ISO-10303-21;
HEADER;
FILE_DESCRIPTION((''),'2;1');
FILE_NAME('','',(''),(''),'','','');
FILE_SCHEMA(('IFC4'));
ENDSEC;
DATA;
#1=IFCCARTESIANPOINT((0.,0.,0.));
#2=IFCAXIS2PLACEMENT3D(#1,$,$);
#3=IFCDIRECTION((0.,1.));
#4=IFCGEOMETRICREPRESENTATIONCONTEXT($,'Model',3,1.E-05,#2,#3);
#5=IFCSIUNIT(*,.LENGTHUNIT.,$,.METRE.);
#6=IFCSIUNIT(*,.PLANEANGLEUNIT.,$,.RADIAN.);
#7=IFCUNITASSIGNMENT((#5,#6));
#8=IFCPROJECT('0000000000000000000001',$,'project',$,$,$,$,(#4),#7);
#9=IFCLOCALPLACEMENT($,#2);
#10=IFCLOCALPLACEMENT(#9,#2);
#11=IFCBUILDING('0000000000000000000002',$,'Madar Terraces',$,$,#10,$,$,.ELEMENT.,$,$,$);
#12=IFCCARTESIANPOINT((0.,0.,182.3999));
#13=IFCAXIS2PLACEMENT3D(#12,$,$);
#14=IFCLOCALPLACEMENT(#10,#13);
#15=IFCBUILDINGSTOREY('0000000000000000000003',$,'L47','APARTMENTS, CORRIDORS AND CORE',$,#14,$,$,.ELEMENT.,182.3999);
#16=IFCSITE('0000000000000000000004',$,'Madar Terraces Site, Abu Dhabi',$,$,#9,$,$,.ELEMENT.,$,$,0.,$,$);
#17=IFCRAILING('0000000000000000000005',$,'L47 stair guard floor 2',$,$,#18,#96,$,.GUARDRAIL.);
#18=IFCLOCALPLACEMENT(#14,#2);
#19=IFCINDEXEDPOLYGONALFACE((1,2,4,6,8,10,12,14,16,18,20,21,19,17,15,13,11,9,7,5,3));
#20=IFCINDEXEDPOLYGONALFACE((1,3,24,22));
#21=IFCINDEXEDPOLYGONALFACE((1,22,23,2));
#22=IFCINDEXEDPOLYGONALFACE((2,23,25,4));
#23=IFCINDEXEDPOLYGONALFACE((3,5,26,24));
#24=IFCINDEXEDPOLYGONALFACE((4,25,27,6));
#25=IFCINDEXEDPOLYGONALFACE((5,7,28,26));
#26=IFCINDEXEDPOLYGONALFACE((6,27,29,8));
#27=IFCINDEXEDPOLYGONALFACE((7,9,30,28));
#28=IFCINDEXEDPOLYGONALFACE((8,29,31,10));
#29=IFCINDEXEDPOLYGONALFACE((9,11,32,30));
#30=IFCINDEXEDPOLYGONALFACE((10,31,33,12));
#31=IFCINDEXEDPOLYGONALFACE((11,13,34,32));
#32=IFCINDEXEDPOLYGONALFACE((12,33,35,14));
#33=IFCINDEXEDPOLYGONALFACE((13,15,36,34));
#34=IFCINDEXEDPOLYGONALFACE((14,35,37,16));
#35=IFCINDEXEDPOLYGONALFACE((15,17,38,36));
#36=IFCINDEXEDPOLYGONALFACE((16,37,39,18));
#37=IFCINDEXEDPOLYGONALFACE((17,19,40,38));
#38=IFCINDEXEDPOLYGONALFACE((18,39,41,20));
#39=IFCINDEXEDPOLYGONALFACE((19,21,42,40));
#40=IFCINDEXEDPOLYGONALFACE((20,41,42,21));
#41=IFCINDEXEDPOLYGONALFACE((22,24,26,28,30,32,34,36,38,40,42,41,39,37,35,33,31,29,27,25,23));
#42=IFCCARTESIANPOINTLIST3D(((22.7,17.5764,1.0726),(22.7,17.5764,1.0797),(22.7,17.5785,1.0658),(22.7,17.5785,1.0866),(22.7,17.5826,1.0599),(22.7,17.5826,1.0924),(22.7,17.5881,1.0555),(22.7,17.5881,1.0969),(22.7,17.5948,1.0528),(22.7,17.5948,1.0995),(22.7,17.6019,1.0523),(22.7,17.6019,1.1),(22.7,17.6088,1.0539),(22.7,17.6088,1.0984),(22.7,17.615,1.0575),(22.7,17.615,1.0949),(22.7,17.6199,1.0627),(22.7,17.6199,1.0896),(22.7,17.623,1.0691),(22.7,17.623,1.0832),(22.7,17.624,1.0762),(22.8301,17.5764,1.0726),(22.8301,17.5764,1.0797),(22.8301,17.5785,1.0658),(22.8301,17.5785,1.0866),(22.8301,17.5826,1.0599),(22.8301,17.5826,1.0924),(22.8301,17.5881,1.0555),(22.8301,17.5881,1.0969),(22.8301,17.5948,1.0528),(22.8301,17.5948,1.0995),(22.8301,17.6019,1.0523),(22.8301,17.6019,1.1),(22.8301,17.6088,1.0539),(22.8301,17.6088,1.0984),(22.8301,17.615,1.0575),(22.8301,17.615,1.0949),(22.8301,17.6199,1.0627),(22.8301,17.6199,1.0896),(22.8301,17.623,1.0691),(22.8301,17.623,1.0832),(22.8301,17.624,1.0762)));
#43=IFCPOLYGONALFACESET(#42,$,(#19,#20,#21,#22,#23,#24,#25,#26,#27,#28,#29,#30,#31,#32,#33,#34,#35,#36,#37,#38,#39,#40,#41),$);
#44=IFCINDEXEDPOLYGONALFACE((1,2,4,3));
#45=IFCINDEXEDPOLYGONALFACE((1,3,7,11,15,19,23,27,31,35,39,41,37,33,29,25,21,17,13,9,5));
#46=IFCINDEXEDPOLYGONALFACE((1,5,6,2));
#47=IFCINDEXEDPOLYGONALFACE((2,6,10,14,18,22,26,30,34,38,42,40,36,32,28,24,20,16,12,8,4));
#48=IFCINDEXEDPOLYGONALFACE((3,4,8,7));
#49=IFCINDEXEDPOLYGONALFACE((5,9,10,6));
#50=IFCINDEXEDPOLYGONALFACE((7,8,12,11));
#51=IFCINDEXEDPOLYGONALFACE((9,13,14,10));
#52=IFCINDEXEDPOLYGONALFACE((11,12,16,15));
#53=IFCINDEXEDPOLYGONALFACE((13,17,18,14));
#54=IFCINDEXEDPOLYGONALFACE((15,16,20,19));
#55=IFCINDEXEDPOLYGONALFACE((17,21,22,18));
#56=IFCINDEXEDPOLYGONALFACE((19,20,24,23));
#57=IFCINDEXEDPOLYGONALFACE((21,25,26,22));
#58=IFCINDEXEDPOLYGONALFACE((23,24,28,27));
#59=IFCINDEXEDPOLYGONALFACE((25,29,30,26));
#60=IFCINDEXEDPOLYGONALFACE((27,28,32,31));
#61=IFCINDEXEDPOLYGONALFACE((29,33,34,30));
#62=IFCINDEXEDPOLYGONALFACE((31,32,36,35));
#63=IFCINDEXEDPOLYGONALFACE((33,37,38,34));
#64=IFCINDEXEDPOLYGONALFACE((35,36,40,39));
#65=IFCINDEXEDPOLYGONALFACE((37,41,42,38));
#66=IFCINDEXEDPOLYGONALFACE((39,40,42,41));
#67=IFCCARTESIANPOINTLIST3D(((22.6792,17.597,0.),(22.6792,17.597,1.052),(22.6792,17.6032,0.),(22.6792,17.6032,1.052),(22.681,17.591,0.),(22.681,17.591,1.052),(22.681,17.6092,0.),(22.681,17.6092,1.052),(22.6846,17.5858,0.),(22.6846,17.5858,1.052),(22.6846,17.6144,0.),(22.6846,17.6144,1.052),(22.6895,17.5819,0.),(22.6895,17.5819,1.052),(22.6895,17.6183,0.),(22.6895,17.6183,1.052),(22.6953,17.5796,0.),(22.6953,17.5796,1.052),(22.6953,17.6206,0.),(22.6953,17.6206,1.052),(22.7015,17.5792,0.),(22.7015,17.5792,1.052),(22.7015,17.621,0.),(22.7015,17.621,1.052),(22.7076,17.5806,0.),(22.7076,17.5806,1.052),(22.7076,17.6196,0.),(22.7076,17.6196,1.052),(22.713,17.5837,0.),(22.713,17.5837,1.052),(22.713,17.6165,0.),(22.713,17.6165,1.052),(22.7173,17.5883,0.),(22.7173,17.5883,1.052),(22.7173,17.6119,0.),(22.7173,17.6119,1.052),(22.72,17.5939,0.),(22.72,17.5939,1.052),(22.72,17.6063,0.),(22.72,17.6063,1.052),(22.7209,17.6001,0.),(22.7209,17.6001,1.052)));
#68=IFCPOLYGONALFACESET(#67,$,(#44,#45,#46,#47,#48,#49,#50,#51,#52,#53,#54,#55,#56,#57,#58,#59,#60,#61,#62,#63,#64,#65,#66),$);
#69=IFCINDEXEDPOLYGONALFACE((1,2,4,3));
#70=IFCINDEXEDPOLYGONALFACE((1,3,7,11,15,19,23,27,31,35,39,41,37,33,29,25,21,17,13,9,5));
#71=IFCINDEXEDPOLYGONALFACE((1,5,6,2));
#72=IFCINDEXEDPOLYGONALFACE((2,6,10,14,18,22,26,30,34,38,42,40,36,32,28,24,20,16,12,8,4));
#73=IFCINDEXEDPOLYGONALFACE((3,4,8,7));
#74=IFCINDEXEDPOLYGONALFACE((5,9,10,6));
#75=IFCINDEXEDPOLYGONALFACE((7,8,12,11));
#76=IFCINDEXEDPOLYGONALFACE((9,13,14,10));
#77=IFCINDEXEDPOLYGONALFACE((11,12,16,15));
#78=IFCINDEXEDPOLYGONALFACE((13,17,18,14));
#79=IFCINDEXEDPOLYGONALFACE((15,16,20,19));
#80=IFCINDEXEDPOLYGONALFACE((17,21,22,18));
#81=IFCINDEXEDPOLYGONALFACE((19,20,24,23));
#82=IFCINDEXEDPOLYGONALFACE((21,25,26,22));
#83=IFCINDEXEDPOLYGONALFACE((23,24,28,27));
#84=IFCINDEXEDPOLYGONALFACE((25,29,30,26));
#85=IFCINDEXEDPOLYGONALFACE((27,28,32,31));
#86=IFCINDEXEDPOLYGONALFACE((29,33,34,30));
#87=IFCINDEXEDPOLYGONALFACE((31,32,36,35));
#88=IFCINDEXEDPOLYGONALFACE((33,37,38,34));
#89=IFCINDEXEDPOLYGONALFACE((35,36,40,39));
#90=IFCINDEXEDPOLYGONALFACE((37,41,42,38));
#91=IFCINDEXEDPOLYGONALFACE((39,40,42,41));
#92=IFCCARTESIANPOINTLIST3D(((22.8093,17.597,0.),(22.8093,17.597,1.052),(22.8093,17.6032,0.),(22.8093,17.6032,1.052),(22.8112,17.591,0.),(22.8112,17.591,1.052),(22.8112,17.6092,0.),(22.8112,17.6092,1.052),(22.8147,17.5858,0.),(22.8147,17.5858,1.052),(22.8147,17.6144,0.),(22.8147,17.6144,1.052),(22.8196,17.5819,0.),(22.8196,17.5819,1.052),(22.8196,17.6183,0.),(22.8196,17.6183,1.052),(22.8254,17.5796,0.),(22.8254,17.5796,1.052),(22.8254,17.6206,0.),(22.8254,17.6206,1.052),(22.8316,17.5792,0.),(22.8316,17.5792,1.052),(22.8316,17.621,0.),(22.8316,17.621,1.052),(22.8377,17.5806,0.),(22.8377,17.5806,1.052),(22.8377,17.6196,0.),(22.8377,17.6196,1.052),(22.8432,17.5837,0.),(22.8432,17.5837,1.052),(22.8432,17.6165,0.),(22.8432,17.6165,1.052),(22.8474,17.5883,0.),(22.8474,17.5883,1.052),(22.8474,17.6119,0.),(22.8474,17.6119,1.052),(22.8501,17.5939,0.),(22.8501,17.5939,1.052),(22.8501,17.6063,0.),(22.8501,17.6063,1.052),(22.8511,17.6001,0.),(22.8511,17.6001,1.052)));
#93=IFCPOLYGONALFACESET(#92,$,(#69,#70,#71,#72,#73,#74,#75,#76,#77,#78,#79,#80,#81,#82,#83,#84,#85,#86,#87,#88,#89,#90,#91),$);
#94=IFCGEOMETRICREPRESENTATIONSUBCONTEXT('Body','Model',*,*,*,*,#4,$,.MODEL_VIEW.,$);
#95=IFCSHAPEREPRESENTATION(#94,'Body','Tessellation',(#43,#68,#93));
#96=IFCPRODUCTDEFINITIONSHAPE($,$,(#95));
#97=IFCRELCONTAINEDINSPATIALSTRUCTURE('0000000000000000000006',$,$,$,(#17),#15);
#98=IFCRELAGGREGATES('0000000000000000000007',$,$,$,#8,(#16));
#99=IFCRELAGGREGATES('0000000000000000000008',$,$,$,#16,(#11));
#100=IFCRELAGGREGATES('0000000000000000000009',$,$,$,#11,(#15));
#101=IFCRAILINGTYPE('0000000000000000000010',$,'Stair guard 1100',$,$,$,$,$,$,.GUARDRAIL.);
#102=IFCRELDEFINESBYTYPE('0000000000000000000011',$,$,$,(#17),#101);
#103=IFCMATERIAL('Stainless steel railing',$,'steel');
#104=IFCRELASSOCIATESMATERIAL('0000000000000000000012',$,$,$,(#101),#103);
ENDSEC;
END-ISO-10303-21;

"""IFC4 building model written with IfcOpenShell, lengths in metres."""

from ifc_helpers import new_model, si_unit, direction, frame, origin, origin_2d, place, context, subcontext, project, spatial, circle, extrude, material, type_object, element, save


model = new_model("IFC4")

# Units and contexts
model_context = context("Model", 3, precision=1e-05, world=origin(), true_north=direction((0.0, 1.0)))
body_context = subcontext(model_context, "Body", "Model", "MODEL_VIEW")
ifc_project = project(units=[si_unit("LENGTHUNIT", "METRE"), si_unit("PLANEANGLEUNIT", "RADIAN")], contexts=[model_context])

# Site, building, storey
site_placement = place(None, origin())
site = spatial("IfcSite", under=ifc_project, at=site_placement, Name="Madar Terraces Site, Abu Dhabi", CompositionType="ELEMENT", RefElevation=0.0)
building_placement = place(site_placement, origin())
building = spatial("IfcBuilding", under=site, at=building_placement, Name="Madar Terraces", CompositionType="ELEMENT")
storey_placement = place(building_placement, frame((0.0, 0.0, 182.3999)))
storey = spatial("IfcBuildingStorey", under=building, at=storey_placement, Name="L47", Description="APARTMENTS, CORRIDORS AND CORE", CompositionType="ELEMENT", Elevation=182.3999)

# Railing
ifc_material_1 = material(Name="Stainless steel railing", Category="steel")
railing_type_1 = type_object("IfcRailingType", Name="Stair guard 1100", PredefinedType="GUARDRAIL", material=ifc_material_1)
railing_1_placement = place(storey_placement, frame((22.7, 17.6001, 0.0)))
element("IfcRailing", 1, at=railing_1_placement, inside=storey, type_object=railing_type_1, Name="L47 stair guard floor 2", PredefinedType="GUARDRAIL", context=body_context, shape_type="SweptSolid", body=[
    extrude(circle(Radius=0.0239, at=origin_2d()), frame((0.0, 0.0, 1.0762), z_axis=(1.0, 0.0, 0.0), x_axis=(0.0, 1.0, 0.0)), (0.0, 0.0, 1.0), 0.1301),
    extrude(circle(Radius=0.021, at=origin_2d()), origin(), (0.0, 0.0, 1.0), 1.052),
    extrude(circle(Radius=0.021, at=origin_2d()), frame((0.1301, 0.0, 0.0)), (0.0, 0.0, 1.0), 1.052),
])

save(model, "model.ifc")
